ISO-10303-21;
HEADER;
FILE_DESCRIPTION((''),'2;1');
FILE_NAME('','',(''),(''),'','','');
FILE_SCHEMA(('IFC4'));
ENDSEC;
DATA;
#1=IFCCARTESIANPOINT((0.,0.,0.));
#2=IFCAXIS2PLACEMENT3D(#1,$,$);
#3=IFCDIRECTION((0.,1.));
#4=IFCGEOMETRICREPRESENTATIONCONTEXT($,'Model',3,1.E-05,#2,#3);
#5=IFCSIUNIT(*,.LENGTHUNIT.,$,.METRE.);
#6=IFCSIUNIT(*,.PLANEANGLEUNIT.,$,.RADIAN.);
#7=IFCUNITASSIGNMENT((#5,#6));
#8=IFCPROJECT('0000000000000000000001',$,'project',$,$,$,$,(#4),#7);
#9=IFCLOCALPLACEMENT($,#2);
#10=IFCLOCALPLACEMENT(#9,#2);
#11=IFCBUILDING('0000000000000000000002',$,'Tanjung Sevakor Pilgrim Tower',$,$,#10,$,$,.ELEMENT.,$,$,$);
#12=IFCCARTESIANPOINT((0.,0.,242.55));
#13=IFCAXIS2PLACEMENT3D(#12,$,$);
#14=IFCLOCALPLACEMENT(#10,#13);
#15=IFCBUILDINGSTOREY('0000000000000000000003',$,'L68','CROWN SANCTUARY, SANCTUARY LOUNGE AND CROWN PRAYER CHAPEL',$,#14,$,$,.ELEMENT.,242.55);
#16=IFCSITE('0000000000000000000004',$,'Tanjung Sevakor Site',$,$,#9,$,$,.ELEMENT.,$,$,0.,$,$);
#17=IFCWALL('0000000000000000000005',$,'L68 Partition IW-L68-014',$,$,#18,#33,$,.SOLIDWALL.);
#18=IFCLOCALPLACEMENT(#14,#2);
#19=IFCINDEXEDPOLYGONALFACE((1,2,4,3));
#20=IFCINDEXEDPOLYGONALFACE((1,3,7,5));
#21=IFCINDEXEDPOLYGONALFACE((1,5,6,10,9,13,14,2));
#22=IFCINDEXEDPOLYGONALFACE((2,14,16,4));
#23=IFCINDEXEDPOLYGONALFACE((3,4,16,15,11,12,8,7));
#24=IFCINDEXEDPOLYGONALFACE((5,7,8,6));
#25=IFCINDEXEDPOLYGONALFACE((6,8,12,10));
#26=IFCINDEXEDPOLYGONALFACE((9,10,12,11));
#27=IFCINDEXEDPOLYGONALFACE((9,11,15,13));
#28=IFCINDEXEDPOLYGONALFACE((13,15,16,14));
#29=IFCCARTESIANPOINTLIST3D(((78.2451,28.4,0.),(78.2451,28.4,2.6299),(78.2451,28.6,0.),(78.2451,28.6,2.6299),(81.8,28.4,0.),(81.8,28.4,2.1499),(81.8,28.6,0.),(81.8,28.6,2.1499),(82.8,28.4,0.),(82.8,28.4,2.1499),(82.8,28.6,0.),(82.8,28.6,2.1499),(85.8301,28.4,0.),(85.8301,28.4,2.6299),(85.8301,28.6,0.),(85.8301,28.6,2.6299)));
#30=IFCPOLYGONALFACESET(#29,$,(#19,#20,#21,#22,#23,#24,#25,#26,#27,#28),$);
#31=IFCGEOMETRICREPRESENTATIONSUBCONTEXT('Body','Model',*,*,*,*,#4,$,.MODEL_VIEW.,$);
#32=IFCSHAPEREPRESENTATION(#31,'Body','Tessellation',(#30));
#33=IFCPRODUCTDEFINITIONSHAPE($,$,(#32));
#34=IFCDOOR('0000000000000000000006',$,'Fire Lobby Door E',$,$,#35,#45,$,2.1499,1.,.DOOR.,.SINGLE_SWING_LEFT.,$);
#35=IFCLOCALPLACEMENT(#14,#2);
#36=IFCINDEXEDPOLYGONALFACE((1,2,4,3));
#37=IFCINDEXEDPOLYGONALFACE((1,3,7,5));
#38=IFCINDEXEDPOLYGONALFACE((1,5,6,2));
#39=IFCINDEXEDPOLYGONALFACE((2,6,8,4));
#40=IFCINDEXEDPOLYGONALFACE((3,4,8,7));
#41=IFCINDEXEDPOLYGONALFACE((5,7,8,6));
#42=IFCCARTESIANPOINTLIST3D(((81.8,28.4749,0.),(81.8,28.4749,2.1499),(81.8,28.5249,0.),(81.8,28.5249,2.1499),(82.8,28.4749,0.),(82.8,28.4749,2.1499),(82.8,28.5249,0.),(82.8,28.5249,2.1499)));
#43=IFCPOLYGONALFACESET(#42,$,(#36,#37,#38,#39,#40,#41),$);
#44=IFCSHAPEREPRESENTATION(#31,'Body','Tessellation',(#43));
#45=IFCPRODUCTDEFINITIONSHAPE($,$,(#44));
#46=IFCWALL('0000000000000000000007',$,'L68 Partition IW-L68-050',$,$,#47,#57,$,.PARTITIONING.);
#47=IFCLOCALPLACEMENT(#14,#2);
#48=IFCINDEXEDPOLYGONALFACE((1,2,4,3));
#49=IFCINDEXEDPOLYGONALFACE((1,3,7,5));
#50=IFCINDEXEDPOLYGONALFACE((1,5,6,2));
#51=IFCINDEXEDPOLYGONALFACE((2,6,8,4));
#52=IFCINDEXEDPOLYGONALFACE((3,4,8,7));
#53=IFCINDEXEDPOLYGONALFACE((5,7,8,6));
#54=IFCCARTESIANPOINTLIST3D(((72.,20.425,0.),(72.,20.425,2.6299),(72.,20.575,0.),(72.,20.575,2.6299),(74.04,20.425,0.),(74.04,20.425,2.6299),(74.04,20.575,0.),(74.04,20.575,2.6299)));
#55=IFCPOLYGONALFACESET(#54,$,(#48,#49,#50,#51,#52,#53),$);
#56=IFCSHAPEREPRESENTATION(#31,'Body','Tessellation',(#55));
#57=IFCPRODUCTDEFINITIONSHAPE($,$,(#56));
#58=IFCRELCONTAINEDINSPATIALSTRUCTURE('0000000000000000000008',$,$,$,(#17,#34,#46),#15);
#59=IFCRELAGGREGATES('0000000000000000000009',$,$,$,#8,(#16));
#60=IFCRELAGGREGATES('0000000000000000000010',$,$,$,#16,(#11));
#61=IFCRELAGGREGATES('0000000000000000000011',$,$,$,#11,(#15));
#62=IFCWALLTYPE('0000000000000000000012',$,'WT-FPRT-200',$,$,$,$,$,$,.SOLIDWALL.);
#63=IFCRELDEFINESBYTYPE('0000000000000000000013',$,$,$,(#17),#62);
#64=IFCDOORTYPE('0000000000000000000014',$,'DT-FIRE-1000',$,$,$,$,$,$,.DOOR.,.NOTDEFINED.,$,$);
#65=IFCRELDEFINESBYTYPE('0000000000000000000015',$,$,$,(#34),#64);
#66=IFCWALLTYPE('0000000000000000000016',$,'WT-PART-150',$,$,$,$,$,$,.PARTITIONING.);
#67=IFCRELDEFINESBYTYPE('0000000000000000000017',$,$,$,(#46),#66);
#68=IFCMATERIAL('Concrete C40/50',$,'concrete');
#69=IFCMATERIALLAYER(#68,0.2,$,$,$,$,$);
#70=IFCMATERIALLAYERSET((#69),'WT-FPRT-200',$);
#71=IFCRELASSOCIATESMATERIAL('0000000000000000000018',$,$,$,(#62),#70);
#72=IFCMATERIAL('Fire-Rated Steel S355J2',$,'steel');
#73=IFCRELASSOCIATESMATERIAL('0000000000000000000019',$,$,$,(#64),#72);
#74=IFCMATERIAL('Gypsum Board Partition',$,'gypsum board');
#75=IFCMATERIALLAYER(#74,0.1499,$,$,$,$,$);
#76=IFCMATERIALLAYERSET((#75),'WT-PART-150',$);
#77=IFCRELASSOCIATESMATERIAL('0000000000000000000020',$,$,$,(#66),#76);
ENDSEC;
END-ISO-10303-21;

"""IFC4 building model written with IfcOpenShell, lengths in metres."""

from ifc_helpers import new_model, si_unit, direction, frame, frame_2d, origin, place, context, subcontext, project, spatial, rectangle, extrude, material, layer, layer_set, type_object, element, fill, save


model = new_model("IFC4")

# Units and contexts
model_context = context("Model", 3, precision=1e-05, world=origin(), true_north=direction((0.0, 1.0)))
body_context = subcontext(model_context, "Body", "Model", "MODEL_VIEW")
ifc_project = project(units=[si_unit("LENGTHUNIT", "METRE"), si_unit("PLANEANGLEUNIT", "RADIAN")], contexts=[model_context])

# Site, building, storey
site_placement = place(None, origin())
site = spatial("IfcSite", under=ifc_project, at=site_placement, Name="Tanjung Sevakor Site", CompositionType="ELEMENT", RefElevation=0.0)
building_placement = place(site_placement, origin())
building = spatial("IfcBuilding", under=site, at=building_placement, Name="Tanjung Sevakor Pilgrim Tower", CompositionType="ELEMENT")
storey_placement = place(building_placement, frame((0.0, 0.0, 242.55)))
storey = spatial("IfcBuildingStorey", under=building, at=storey_placement, Name="L68", Description="CROWN SANCTUARY, SANCTUARY LOUNGE AND CROWN PRAYER CHAPEL", CompositionType="ELEMENT", Elevation=242.55)

# Wall, opening, door
ifc_material_1 = material(Name="Concrete C40/50", Category="concrete")
ifc_layer_1 = layer(ifc_material_1, 0.2)
ifc_layer_set_1 = layer_set([ifc_layer_1], Name="WT-FPRT-200")
wall_type_1 = type_object("IfcWallType", Name="WT-FPRT-200", PredefinedType="SOLIDWALL", material=ifc_layer_set_1)
wall_1_placement = place(storey_placement, frame((78.2451, 28.5, 0.0), z_axis=(0.0, 0.0, 1.0), x_axis=(1.0, 0.0, 0.0)))
wall_1 = element("IfcWall", 1, at=wall_1_placement, inside=storey, type_object=wall_type_1, Name="L68 Partition IW-L68-014", PredefinedType="SOLIDWALL", context=body_context, shape_type="SweptSolid", body=[
    extrude(rectangle(XDim=7.585, YDim=0.2, at=frame_2d((3.7925, 0.0))), origin(), (0.0, 0.0, 1.0), 2.6299),
])
opening_1_placement = place(wall_1_placement, frame((3.5549, 0.0, 0.0)))
opening_1 = element("IfcOpeningElement", 2, at=opening_1_placement, cuts=wall_1, PredefinedType="OPENING", context=body_context, shape_type="SweptSolid", body=[
    extrude(rectangle(XDim=1.0, YDim=2.1499, at=frame_2d((0.5, 1.075))), frame((0.0, 0.1099, 0.0), z_axis=(0.0, -1.0, 0.0), x_axis=(1.0, 0.0, 0.0)), (0.0, 0.0, 1.0), 0.22),
])
ifc_material_2 = material(Name="Fire-Rated Steel S355J2", Category="steel")
door_type_1 = type_object("IfcDoorType", Name="DT-FIRE-1000", OperationType="NOTDEFINED", PredefinedType="DOOR", material=ifc_material_2)
door_1_placement = place(opening_1_placement, origin())
door_1 = element("IfcDoor", 3, at=door_1_placement, inside=storey, type_object=door_type_1, Name="Fire Lobby Door E", OperationType="SINGLE_SWING_LEFT", OverallHeight=2.1499, OverallWidth=1.0, PredefinedType="DOOR", context=body_context, shape_type="SweptSolid", body=[
    extrude(rectangle(XDim=1.0, YDim=2.1499, at=frame_2d((0.5, 1.075))), frame((0.0, 0.0249, 0.0), z_axis=(0.0, -1.0, 0.0), x_axis=(1.0, 0.0, 0.0)), (0.0, 0.0, 1.0), 0.05),
])
fill(opening_1, door_1)

# Wall
ifc_material_3 = material(Name="Gypsum Board Partition", Category="gypsum board")
ifc_layer_2 = layer(ifc_material_3, 0.1499)
ifc_layer_set_2 = layer_set([ifc_layer_2], Name="WT-PART-150")
wall_type_2 = type_object("IfcWallType", Name="WT-PART-150", PredefinedType="PARTITIONING", material=ifc_layer_set_2)
wall_2_placement = place(storey_placement, frame((72.0, 20.5, 0.0), z_axis=(0.0, 0.0, 1.0), x_axis=(1.0, 0.0, 0.0)))
element("IfcWall", 4, at=wall_2_placement, inside=storey, type_object=wall_type_2, Name="L68 Partition IW-L68-050", PredefinedType="PARTITIONING", context=body_context, shape_type="SweptSolid", body=[
    extrude(rectangle(XDim=2.04, YDim=0.1499, at=frame_2d((1.02, 0.0))), origin(), (0.0, 0.0, 1.0), 2.6299),
])

save(model, "model.ifc")
